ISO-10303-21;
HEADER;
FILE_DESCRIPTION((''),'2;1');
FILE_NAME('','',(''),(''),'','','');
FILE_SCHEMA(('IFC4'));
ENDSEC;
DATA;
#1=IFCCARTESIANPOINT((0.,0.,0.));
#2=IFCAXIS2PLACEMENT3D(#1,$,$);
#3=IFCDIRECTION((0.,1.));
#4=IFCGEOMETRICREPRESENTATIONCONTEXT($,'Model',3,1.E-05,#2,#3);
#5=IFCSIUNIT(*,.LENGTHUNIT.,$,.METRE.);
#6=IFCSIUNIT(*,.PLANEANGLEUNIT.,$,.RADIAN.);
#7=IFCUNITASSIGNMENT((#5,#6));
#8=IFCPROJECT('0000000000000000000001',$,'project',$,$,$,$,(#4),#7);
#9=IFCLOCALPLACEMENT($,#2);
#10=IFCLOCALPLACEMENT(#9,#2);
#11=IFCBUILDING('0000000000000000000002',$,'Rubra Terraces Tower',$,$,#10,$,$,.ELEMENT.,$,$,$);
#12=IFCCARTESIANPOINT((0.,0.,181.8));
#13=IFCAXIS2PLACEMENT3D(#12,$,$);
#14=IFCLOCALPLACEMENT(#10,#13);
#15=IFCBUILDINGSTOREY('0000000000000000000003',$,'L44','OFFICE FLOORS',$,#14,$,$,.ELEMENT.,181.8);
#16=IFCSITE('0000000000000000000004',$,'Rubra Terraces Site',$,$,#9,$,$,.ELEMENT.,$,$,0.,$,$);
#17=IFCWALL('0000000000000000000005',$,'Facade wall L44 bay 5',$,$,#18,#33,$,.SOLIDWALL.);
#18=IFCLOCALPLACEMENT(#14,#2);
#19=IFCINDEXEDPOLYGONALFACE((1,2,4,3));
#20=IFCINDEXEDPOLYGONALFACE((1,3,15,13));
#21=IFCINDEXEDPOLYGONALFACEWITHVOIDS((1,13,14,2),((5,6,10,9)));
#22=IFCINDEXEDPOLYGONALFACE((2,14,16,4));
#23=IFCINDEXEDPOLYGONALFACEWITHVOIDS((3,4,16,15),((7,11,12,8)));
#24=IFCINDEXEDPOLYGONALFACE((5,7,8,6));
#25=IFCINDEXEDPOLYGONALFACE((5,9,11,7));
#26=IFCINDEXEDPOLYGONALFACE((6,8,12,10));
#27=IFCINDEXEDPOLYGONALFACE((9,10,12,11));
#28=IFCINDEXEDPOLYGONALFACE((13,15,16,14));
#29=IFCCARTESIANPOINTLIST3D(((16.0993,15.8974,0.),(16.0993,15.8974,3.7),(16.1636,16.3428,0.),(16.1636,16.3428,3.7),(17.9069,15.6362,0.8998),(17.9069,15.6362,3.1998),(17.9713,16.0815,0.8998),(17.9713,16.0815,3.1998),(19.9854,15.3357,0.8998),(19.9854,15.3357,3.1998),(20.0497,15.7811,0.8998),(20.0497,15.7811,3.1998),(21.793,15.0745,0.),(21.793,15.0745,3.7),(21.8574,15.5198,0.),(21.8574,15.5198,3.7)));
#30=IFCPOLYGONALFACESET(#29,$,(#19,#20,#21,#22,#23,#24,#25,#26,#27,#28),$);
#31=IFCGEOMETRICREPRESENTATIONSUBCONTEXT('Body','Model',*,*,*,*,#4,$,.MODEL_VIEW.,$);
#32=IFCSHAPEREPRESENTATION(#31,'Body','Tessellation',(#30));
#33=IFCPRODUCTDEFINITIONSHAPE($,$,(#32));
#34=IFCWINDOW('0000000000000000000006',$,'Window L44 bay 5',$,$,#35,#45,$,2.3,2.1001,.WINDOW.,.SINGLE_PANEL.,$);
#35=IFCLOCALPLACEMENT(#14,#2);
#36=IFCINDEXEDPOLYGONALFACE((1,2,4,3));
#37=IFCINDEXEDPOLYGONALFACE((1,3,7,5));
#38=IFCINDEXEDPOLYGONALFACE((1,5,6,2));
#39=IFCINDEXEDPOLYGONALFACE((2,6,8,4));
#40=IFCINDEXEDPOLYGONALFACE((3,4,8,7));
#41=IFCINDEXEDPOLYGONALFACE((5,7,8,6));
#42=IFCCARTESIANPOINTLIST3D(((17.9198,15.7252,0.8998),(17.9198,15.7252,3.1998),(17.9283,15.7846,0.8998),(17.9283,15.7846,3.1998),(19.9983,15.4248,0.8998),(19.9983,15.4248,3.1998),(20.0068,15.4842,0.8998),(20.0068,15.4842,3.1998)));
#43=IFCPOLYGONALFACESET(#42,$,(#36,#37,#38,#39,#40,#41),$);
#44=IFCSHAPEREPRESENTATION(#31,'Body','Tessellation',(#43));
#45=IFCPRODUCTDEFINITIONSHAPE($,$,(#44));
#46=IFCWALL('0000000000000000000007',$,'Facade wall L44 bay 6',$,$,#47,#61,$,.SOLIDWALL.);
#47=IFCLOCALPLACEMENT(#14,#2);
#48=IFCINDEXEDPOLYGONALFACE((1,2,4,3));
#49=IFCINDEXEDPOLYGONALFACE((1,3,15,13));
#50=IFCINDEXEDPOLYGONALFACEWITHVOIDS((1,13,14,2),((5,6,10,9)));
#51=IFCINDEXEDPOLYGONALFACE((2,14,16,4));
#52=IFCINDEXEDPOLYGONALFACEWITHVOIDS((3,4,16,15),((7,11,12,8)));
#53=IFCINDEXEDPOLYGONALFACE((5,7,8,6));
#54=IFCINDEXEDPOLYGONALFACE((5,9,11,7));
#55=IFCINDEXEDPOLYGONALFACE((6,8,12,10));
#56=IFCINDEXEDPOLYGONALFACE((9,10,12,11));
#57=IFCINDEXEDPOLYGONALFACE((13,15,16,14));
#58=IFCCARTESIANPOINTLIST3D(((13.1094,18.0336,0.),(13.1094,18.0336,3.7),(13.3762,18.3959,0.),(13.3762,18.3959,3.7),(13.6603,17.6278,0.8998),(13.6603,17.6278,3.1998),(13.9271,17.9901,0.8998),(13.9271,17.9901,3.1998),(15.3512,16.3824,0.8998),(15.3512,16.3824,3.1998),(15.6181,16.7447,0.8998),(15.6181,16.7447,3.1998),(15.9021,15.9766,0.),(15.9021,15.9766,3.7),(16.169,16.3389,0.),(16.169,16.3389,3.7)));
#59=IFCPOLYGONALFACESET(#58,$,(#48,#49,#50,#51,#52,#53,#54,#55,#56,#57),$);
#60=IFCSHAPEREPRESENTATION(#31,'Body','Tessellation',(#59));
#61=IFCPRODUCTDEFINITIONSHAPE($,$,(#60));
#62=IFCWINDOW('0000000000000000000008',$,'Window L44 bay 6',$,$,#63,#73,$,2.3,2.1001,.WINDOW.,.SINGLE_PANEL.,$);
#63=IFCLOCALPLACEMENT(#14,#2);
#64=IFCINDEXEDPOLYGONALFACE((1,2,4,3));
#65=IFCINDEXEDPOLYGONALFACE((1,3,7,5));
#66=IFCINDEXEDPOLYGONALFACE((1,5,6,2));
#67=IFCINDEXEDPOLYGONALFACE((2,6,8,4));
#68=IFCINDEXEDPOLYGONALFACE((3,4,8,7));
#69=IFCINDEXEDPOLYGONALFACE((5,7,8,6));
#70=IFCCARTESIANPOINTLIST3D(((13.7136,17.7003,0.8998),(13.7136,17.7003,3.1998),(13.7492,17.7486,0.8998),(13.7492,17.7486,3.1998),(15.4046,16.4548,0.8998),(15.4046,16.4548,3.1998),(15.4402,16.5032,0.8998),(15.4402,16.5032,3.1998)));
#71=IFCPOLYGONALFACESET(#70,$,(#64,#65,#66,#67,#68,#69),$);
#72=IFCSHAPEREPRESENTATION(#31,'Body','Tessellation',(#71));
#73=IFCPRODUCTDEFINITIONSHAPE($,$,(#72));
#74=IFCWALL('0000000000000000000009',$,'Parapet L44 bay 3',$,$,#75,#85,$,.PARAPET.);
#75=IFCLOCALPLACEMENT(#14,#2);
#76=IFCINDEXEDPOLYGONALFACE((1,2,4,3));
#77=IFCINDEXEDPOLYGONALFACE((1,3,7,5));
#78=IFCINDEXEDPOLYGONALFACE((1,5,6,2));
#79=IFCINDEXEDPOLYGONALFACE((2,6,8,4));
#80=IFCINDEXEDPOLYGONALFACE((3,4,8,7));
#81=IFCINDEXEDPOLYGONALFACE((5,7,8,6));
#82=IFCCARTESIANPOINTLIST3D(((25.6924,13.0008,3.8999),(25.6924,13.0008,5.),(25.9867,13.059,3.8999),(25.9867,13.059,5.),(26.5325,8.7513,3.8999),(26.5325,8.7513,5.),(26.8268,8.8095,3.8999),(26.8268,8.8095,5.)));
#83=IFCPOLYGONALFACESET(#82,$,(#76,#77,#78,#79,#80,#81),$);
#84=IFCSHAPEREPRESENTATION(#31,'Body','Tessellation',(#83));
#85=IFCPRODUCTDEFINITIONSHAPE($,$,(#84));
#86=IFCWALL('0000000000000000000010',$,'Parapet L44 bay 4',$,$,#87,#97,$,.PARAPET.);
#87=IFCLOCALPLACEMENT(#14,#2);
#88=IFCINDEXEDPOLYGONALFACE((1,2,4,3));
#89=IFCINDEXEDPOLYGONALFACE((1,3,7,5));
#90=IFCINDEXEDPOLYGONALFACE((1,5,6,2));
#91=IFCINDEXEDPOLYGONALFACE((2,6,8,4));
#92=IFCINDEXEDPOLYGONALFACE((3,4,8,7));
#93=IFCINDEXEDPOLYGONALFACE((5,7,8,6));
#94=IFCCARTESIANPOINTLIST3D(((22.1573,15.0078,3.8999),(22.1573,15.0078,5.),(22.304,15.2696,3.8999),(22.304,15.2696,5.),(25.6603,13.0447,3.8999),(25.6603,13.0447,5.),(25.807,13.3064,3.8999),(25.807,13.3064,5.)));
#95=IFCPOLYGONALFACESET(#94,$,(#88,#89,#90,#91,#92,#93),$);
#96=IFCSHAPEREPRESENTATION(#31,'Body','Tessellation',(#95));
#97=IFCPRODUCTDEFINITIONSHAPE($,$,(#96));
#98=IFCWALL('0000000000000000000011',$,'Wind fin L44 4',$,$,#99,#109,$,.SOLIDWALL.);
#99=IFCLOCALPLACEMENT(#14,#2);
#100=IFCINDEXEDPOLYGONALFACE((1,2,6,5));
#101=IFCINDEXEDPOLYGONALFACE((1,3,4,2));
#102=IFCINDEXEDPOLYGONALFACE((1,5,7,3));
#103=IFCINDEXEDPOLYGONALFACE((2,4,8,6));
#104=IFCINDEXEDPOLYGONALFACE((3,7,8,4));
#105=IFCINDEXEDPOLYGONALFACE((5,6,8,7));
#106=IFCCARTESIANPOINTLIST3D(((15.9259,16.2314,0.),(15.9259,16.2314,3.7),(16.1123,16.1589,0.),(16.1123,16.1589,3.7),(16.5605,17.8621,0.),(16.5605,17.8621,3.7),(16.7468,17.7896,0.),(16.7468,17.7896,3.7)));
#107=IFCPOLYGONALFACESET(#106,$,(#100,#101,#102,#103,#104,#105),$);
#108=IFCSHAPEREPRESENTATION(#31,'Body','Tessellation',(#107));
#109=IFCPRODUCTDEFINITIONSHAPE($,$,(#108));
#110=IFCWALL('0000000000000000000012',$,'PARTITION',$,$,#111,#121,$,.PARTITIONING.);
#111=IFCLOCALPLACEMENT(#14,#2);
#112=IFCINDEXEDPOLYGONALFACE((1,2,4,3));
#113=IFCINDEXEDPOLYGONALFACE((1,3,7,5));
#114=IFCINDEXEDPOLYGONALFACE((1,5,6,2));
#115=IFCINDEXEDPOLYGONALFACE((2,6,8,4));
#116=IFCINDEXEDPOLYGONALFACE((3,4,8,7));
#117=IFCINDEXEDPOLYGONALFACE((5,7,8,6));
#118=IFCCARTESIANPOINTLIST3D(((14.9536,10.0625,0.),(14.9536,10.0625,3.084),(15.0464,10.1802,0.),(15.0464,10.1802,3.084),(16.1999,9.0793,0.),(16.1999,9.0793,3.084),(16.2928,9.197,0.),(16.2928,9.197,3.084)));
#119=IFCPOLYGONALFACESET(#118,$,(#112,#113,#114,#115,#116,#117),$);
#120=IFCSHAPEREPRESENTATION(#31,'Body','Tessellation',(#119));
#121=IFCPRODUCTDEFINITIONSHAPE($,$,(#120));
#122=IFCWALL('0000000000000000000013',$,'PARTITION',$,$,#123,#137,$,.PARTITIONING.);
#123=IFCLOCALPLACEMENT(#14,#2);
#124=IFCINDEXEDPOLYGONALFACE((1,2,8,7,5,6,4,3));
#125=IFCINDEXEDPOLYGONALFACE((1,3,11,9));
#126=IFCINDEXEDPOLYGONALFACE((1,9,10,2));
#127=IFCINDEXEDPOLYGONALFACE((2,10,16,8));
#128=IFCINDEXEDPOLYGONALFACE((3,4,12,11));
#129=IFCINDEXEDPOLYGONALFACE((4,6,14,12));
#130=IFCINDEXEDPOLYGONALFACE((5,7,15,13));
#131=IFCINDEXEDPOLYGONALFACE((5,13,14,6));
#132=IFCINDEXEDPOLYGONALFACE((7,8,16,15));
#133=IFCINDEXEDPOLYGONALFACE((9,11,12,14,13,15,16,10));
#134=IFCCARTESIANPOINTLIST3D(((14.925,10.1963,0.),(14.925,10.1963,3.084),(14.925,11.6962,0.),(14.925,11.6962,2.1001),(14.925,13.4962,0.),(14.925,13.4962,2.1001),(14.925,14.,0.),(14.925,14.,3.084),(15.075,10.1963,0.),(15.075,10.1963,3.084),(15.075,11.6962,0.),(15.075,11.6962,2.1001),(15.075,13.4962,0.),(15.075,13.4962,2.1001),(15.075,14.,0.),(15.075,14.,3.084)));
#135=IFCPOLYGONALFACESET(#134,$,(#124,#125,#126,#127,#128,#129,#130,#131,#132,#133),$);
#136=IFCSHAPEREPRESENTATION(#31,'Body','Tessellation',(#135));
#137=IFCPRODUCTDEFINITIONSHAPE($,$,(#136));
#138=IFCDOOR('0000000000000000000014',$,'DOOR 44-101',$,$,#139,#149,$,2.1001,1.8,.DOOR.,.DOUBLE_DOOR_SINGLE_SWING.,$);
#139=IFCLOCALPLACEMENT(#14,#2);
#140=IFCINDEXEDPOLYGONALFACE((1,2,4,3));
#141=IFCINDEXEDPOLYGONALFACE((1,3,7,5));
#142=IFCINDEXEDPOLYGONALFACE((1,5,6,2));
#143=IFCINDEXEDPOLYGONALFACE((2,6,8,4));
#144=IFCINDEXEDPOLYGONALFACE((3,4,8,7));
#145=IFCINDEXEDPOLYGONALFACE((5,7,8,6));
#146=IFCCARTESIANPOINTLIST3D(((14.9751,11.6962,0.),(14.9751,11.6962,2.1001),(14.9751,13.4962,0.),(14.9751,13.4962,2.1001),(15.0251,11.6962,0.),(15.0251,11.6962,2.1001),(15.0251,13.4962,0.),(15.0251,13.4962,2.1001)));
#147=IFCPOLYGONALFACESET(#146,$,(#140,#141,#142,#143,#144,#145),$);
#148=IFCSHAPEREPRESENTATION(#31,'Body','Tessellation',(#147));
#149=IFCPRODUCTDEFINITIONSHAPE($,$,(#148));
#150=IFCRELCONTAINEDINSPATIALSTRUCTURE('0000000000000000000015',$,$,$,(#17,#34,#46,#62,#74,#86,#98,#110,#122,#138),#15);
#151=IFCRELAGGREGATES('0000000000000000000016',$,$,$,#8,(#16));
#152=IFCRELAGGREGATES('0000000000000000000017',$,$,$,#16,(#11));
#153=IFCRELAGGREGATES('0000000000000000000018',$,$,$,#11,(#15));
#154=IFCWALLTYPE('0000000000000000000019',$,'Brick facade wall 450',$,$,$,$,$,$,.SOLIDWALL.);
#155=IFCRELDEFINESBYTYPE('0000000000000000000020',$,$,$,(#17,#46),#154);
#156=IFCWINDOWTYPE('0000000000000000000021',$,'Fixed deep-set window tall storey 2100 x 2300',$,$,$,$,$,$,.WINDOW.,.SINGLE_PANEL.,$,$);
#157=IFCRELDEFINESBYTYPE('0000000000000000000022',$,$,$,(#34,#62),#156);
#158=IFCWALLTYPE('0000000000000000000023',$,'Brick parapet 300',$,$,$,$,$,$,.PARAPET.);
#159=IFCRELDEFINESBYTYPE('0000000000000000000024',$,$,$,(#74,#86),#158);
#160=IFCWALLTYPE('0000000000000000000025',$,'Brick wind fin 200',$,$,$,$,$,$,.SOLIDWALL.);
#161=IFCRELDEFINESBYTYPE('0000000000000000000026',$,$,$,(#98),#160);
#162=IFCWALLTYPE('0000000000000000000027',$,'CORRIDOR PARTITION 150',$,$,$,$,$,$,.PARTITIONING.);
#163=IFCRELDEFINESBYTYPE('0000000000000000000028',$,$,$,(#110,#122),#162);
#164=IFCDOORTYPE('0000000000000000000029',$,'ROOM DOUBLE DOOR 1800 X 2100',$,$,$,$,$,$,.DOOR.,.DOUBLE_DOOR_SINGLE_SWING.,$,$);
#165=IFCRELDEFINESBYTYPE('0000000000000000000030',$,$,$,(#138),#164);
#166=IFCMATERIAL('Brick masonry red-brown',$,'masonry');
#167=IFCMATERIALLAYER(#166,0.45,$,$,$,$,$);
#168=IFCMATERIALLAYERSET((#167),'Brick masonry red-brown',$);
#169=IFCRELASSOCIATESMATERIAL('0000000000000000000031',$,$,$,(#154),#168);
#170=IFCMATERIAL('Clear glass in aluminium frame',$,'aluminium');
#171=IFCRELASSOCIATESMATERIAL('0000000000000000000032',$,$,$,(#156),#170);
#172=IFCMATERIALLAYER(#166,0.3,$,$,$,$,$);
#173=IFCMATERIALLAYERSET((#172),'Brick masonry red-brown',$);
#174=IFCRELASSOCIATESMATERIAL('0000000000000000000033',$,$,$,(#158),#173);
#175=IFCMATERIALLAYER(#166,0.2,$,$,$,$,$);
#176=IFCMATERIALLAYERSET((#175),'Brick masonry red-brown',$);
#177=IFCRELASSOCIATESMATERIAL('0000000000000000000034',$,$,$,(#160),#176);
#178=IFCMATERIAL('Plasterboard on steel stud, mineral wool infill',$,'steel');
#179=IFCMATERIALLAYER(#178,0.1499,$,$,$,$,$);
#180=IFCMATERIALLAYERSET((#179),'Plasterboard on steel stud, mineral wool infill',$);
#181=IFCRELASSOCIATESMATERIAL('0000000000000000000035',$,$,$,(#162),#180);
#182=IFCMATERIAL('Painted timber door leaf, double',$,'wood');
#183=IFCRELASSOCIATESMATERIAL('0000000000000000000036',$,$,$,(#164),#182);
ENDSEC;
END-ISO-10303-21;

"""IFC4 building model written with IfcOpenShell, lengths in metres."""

from ifc_helpers import new_model, si_unit, direction, frame, frame_2d, origin, place, context, subcontext, project, spatial, rectangle, extrude, material, layer, layer_set, type_object, element, fill, save


model = new_model("IFC4")

# Units and contexts
model_context = context("Model", 3, precision=1e-05, world=origin(), true_north=direction((0.0, 1.0)))
body_context = subcontext(model_context, "Body", "Model", "MODEL_VIEW")
ifc_project = project(units=[si_unit("LENGTHUNIT", "METRE"), si_unit("PLANEANGLEUNIT", "RADIAN")], contexts=[model_context])

# Site, building, storey
site_placement = place(None, origin())
site = spatial("IfcSite", under=ifc_project, at=site_placement, Name="Rubra Terraces Site", CompositionType="ELEMENT", RefElevation=0.0)
building_placement = place(site_placement, origin())
building = spatial("IfcBuilding", under=site, at=building_placement, Name="Rubra Terraces Tower", CompositionType="ELEMENT")
storey_placement = place(building_placement, frame((0.0, 0.0, 181.8)))
storey = spatial("IfcBuildingStorey", under=building, at=storey_placement, Name="L44", Description="OFFICE FLOORS", CompositionType="ELEMENT", Elevation=181.8)

# Walls, openings, windows
ifc_material_1 = material(Name="Brick masonry red-brown", Category="masonry")
ifc_layer_1 = layer(ifc_material_1, 0.45)
ifc_layer_set_1 = layer_set([ifc_layer_1], Name="Brick masonry red-brown")
wall_type_1 = type_object("IfcWallType", Name="Brick facade wall 450", PredefinedType="SOLIDWALL", material=ifc_layer_set_1)
ifc_material_2 = material(Name="Clear glass in aluminium frame", Category="aluminium")
wall_1_placement = place(storey_placement, frame((21.8252, 15.2971, 0.0), z_axis=(0.0, 0.0, 1.0), x_axis=(-0.989715, 0.143055, 0.0)))
wall_1 = element("IfcWall", 1, at=wall_1_placement, inside=storey, type_object=wall_type_1, Name="Facade wall L44 bay 5", PredefinedType="SOLIDWALL", context=body_context, shape_type="SweptSolid", body=[
    extrude(rectangle(XDim=5.7529, YDim=0.45, at=frame_2d((2.8765, 0.0))), origin(), (0.0, 0.0, 1.0), 3.7),
])
opening_1_placement = place(wall_1_placement, frame((1.8264, 0.0, 0.8999)))
opening_1 = element("IfcOpeningElement", 2, at=opening_1_placement, cuts=wall_1, PredefinedType="OPENING", context=body_context, shape_type="SweptSolid", body=[
    extrude(rectangle(XDim=2.1001, YDim=2.3, at=frame_2d((1.05, 1.1499))), frame((0.0, 0.2349, 0.0), z_axis=(0.0, -1.0, 0.0), x_axis=(1.0, 0.0, 0.0)), (0.0, 0.0, 1.0), 0.47),
])
window_type_1 = type_object("IfcWindowType", Name="Fixed deep-set window tall storey 2100 x 2300", PartitioningType="SINGLE_PANEL", PredefinedType="WINDOW", material=ifc_material_2)
window_1_placement = place(opening_1_placement, origin())
window_1 = element("IfcWindow", 3, at=window_1_placement, inside=storey, type_object=window_type_1, Name="Window L44 bay 5", OverallHeight=2.3, OverallWidth=2.1001, PartitioningType="SINGLE_PANEL", PredefinedType="WINDOW", context=body_context, shape_type="SweptSolid", body=[
    extrude(rectangle(XDim=2.1001, YDim=2.3, at=frame_2d((1.05, 1.1499))), frame((0.0, 0.135, 0.0), z_axis=(0.0, -1.0, 0.0), x_axis=(1.0, 0.0, 0.0)), (0.0, 0.0, 1.0), 0.0601),
])
fill(opening_1, window_1)
wall_2_placement = place(storey_placement, frame((16.0356, 16.1577, 0.0), z_axis=(0.0, 0.0, 1.0), x_axis=(-0.805181, 0.593029, 0.0)))
wall_2 = element("IfcWall", 4, at=wall_2_placement, inside=storey, type_object=wall_type_1, Name="Facade wall L44 bay 6", PredefinedType="SOLIDWALL", context=body_context, shape_type="SweptSolid", body=[
    extrude(rectangle(XDim=3.4685, YDim=0.45, at=frame_2d((1.7344, 0.0))), origin(), (0.0, 0.0, 1.0), 3.7),
])
opening_2_placement = place(wall_2_placement, frame((0.6843, 0.0, 0.8999)))
opening_2 = element("IfcOpeningElement", 5, at=opening_2_placement, cuts=wall_2, PredefinedType="OPENING", context=body_context, shape_type="SweptSolid", body=[
    extrude(rectangle(XDim=2.1001, YDim=2.3, at=frame_2d((1.05, 1.1499))), frame((0.0, 0.2349, 0.0), z_axis=(0.0, -1.0, 0.0), x_axis=(1.0, 0.0, 0.0)), (0.0, 0.0, 1.0), 0.47),
])
window_2_placement = place(opening_2_placement, origin())
window_2 = element("IfcWindow", 6, at=window_2_placement, inside=storey, type_object=window_type_1, Name="Window L44 bay 6", OverallHeight=2.3, OverallWidth=2.1001, PartitioningType="SINGLE_PANEL", PredefinedType="WINDOW", context=body_context, shape_type="SweptSolid", body=[
    extrude(rectangle(XDim=2.1001, YDim=2.3, at=frame_2d((1.05, 1.1499))), frame((0.0, 0.135, 0.0), z_axis=(0.0, -1.0, 0.0), x_axis=(1.0, 0.0, 0.0)), (0.0, 0.0, 1.0), 0.0601),
])
fill(opening_2, window_2)

# Walls
ifc_layer_2 = layer(ifc_material_1, 0.3)
ifc_layer_set_2 = layer_set([ifc_layer_2], Name="Brick masonry red-brown")
wall_type_2 = type_object("IfcWallType", Name="Brick parapet 300", PredefinedType="PARAPET", material=ifc_layer_set_2)
wall_3_placement = place(storey_placement, frame((26.6797, 8.7803, 3.8999), z_axis=(0.0, 0.0, 1.0), x_axis=(-0.193937, 0.981014, 0.0)))
element("IfcWall", 7, at=wall_3_placement, inside=storey, type_object=wall_type_2, Name="Parapet L44 bay 3", PredefinedType="PARAPET", context=body_context, shape_type="SweptSolid", body=[
    extrude(rectangle(XDim=4.3318, YDim=0.3, at=frame_2d((2.166, 0.0))), origin(), (0.0, 0.0, 1.0), 1.1001),
])
wall_4_placement = place(storey_placement, frame((25.7336, 13.1755, 3.8999), z_axis=(0.0, 0.0, 1.0), x_axis=(-0.872347, 0.488887, 0.0)))
element("IfcWall", 8, at=wall_4_placement, inside=storey, type_object=wall_type_2, Name="Parapet L44 bay 4", PredefinedType="PARAPET", context=body_context, shape_type="SweptSolid", body=[
    extrude(rectangle(XDim=4.0156, YDim=0.3, at=frame_2d((2.0078, 0.0))), origin(), (0.0, 0.0, 1.0), 1.1001),
])
ifc_layer_3 = layer(ifc_material_1, 0.2)
ifc_layer_set_3 = layer_set([ifc_layer_3], Name="Brick masonry red-brown")
wall_type_3 = type_object("IfcWallType", Name="Brick wind fin 200", PredefinedType="SOLIDWALL", material=ifc_layer_set_3)
wall_5_placement = place(storey_placement, frame((16.019, 16.1951, 0.0), z_axis=(0.0, 0.0, 1.0), x_axis=(0.362642, 0.931929, 0.0)))
element("IfcWall", 9, at=wall_5_placement, inside=storey, type_object=wall_type_3, Name="Wind fin L44 4", PredefinedType="SOLIDWALL", context=body_context, shape_type="SweptSolid", body=[
    extrude(rectangle(XDim=1.7498, YDim=0.2, at=frame_2d((0.875, 0.0))), origin(), (0.0, 0.0, 1.0), 3.7),
])
ifc_material_3 = material(Name="Plasterboard on steel stud, mineral wool infill", Category="steel")
ifc_layer_4 = layer(ifc_material_3, 0.1499)
ifc_layer_set_4 = layer_set([ifc_layer_4], Name="Plasterboard on steel stud, mineral wool infill")
wall_type_4 = type_object("IfcWallType", Name="CORRIDOR PARTITION 150", PredefinedType="PARTITIONING", material=ifc_layer_set_4)
wall_6_placement = place(storey_placement, frame((16.2463, 9.1382, 0.0), z_axis=(0.0, 0.0, 1.0), x_axis=(-0.785127, 0.619335, 0.0)))
element("IfcWall", 10, at=wall_6_placement, inside=storey, type_object=wall_type_4, Name="PARTITION", PredefinedType="PARTITIONING", context=body_context, shape_type="SweptSolid", body=[
    extrude(rectangle(XDim=1.5874, YDim=0.1499, at=frame_2d((0.7937, 0.0))), origin(), (0.0, 0.0, 1.0), 3.084),
])

# Wall, opening, door
wall_7_placement = place(storey_placement, frame((15.0, 10.1963, 0.0), z_axis=(0.0, 0.0, 1.0), x_axis=(0.0, 1.0, 0.0)))
wall_7 = element("IfcWall", 11, at=wall_7_placement, inside=storey, type_object=wall_type_4, Name="PARTITION", PredefinedType="PARTITIONING", context=body_context, shape_type="SweptSolid", body=[
    extrude(rectangle(XDim=3.8037, YDim=0.1499, at=frame_2d((1.9019, 0.0))), origin(), (0.0, 0.0, 1.0), 3.084),
])
opening_3_placement = place(wall_7_placement, frame((1.5, 0.0, 0.0)))
opening_3 = element("IfcOpeningElement", 12, at=opening_3_placement, cuts=wall_7, PredefinedType="OPENING", context=body_context, shape_type="SweptSolid", body=[
    extrude(rectangle(XDim=1.8, YDim=2.1001, at=frame_2d((0.8999, 1.05))), frame((0.0, 0.085, 0.0), z_axis=(0.0, -1.0, 0.0), x_axis=(1.0, 0.0, 0.0)), (0.0, 0.0, 1.0), 0.1699),
])
ifc_material_4 = material(Name="Painted timber door leaf, double", Category="wood")
door_type_1 = type_object("IfcDoorType", Name="ROOM DOUBLE DOOR 1800 X 2100", OperationType="DOUBLE_DOOR_SINGLE_SWING", PredefinedType="DOOR", material=ifc_material_4)
door_1_placement = place(opening_3_placement, origin())
door_1 = element("IfcDoor", 13, at=door_1_placement, inside=storey, type_object=door_type_1, Name="DOOR 44-101", OperationType="DOUBLE_DOOR_SINGLE_SWING", OverallHeight=2.1001, OverallWidth=1.8, PredefinedType="DOOR", context=body_context, shape_type="SweptSolid", body=[
    extrude(rectangle(XDim=1.8, YDim=2.1001, at=frame_2d((0.8999, 1.05))), frame((0.0, 0.0249, 0.0), z_axis=(0.0, -1.0, 0.0), x_axis=(1.0, 0.0, 0.0)), (0.0, 0.0, 1.0), 0.05),
])
fill(opening_3, door_1)

save(model, "model.ifc")
